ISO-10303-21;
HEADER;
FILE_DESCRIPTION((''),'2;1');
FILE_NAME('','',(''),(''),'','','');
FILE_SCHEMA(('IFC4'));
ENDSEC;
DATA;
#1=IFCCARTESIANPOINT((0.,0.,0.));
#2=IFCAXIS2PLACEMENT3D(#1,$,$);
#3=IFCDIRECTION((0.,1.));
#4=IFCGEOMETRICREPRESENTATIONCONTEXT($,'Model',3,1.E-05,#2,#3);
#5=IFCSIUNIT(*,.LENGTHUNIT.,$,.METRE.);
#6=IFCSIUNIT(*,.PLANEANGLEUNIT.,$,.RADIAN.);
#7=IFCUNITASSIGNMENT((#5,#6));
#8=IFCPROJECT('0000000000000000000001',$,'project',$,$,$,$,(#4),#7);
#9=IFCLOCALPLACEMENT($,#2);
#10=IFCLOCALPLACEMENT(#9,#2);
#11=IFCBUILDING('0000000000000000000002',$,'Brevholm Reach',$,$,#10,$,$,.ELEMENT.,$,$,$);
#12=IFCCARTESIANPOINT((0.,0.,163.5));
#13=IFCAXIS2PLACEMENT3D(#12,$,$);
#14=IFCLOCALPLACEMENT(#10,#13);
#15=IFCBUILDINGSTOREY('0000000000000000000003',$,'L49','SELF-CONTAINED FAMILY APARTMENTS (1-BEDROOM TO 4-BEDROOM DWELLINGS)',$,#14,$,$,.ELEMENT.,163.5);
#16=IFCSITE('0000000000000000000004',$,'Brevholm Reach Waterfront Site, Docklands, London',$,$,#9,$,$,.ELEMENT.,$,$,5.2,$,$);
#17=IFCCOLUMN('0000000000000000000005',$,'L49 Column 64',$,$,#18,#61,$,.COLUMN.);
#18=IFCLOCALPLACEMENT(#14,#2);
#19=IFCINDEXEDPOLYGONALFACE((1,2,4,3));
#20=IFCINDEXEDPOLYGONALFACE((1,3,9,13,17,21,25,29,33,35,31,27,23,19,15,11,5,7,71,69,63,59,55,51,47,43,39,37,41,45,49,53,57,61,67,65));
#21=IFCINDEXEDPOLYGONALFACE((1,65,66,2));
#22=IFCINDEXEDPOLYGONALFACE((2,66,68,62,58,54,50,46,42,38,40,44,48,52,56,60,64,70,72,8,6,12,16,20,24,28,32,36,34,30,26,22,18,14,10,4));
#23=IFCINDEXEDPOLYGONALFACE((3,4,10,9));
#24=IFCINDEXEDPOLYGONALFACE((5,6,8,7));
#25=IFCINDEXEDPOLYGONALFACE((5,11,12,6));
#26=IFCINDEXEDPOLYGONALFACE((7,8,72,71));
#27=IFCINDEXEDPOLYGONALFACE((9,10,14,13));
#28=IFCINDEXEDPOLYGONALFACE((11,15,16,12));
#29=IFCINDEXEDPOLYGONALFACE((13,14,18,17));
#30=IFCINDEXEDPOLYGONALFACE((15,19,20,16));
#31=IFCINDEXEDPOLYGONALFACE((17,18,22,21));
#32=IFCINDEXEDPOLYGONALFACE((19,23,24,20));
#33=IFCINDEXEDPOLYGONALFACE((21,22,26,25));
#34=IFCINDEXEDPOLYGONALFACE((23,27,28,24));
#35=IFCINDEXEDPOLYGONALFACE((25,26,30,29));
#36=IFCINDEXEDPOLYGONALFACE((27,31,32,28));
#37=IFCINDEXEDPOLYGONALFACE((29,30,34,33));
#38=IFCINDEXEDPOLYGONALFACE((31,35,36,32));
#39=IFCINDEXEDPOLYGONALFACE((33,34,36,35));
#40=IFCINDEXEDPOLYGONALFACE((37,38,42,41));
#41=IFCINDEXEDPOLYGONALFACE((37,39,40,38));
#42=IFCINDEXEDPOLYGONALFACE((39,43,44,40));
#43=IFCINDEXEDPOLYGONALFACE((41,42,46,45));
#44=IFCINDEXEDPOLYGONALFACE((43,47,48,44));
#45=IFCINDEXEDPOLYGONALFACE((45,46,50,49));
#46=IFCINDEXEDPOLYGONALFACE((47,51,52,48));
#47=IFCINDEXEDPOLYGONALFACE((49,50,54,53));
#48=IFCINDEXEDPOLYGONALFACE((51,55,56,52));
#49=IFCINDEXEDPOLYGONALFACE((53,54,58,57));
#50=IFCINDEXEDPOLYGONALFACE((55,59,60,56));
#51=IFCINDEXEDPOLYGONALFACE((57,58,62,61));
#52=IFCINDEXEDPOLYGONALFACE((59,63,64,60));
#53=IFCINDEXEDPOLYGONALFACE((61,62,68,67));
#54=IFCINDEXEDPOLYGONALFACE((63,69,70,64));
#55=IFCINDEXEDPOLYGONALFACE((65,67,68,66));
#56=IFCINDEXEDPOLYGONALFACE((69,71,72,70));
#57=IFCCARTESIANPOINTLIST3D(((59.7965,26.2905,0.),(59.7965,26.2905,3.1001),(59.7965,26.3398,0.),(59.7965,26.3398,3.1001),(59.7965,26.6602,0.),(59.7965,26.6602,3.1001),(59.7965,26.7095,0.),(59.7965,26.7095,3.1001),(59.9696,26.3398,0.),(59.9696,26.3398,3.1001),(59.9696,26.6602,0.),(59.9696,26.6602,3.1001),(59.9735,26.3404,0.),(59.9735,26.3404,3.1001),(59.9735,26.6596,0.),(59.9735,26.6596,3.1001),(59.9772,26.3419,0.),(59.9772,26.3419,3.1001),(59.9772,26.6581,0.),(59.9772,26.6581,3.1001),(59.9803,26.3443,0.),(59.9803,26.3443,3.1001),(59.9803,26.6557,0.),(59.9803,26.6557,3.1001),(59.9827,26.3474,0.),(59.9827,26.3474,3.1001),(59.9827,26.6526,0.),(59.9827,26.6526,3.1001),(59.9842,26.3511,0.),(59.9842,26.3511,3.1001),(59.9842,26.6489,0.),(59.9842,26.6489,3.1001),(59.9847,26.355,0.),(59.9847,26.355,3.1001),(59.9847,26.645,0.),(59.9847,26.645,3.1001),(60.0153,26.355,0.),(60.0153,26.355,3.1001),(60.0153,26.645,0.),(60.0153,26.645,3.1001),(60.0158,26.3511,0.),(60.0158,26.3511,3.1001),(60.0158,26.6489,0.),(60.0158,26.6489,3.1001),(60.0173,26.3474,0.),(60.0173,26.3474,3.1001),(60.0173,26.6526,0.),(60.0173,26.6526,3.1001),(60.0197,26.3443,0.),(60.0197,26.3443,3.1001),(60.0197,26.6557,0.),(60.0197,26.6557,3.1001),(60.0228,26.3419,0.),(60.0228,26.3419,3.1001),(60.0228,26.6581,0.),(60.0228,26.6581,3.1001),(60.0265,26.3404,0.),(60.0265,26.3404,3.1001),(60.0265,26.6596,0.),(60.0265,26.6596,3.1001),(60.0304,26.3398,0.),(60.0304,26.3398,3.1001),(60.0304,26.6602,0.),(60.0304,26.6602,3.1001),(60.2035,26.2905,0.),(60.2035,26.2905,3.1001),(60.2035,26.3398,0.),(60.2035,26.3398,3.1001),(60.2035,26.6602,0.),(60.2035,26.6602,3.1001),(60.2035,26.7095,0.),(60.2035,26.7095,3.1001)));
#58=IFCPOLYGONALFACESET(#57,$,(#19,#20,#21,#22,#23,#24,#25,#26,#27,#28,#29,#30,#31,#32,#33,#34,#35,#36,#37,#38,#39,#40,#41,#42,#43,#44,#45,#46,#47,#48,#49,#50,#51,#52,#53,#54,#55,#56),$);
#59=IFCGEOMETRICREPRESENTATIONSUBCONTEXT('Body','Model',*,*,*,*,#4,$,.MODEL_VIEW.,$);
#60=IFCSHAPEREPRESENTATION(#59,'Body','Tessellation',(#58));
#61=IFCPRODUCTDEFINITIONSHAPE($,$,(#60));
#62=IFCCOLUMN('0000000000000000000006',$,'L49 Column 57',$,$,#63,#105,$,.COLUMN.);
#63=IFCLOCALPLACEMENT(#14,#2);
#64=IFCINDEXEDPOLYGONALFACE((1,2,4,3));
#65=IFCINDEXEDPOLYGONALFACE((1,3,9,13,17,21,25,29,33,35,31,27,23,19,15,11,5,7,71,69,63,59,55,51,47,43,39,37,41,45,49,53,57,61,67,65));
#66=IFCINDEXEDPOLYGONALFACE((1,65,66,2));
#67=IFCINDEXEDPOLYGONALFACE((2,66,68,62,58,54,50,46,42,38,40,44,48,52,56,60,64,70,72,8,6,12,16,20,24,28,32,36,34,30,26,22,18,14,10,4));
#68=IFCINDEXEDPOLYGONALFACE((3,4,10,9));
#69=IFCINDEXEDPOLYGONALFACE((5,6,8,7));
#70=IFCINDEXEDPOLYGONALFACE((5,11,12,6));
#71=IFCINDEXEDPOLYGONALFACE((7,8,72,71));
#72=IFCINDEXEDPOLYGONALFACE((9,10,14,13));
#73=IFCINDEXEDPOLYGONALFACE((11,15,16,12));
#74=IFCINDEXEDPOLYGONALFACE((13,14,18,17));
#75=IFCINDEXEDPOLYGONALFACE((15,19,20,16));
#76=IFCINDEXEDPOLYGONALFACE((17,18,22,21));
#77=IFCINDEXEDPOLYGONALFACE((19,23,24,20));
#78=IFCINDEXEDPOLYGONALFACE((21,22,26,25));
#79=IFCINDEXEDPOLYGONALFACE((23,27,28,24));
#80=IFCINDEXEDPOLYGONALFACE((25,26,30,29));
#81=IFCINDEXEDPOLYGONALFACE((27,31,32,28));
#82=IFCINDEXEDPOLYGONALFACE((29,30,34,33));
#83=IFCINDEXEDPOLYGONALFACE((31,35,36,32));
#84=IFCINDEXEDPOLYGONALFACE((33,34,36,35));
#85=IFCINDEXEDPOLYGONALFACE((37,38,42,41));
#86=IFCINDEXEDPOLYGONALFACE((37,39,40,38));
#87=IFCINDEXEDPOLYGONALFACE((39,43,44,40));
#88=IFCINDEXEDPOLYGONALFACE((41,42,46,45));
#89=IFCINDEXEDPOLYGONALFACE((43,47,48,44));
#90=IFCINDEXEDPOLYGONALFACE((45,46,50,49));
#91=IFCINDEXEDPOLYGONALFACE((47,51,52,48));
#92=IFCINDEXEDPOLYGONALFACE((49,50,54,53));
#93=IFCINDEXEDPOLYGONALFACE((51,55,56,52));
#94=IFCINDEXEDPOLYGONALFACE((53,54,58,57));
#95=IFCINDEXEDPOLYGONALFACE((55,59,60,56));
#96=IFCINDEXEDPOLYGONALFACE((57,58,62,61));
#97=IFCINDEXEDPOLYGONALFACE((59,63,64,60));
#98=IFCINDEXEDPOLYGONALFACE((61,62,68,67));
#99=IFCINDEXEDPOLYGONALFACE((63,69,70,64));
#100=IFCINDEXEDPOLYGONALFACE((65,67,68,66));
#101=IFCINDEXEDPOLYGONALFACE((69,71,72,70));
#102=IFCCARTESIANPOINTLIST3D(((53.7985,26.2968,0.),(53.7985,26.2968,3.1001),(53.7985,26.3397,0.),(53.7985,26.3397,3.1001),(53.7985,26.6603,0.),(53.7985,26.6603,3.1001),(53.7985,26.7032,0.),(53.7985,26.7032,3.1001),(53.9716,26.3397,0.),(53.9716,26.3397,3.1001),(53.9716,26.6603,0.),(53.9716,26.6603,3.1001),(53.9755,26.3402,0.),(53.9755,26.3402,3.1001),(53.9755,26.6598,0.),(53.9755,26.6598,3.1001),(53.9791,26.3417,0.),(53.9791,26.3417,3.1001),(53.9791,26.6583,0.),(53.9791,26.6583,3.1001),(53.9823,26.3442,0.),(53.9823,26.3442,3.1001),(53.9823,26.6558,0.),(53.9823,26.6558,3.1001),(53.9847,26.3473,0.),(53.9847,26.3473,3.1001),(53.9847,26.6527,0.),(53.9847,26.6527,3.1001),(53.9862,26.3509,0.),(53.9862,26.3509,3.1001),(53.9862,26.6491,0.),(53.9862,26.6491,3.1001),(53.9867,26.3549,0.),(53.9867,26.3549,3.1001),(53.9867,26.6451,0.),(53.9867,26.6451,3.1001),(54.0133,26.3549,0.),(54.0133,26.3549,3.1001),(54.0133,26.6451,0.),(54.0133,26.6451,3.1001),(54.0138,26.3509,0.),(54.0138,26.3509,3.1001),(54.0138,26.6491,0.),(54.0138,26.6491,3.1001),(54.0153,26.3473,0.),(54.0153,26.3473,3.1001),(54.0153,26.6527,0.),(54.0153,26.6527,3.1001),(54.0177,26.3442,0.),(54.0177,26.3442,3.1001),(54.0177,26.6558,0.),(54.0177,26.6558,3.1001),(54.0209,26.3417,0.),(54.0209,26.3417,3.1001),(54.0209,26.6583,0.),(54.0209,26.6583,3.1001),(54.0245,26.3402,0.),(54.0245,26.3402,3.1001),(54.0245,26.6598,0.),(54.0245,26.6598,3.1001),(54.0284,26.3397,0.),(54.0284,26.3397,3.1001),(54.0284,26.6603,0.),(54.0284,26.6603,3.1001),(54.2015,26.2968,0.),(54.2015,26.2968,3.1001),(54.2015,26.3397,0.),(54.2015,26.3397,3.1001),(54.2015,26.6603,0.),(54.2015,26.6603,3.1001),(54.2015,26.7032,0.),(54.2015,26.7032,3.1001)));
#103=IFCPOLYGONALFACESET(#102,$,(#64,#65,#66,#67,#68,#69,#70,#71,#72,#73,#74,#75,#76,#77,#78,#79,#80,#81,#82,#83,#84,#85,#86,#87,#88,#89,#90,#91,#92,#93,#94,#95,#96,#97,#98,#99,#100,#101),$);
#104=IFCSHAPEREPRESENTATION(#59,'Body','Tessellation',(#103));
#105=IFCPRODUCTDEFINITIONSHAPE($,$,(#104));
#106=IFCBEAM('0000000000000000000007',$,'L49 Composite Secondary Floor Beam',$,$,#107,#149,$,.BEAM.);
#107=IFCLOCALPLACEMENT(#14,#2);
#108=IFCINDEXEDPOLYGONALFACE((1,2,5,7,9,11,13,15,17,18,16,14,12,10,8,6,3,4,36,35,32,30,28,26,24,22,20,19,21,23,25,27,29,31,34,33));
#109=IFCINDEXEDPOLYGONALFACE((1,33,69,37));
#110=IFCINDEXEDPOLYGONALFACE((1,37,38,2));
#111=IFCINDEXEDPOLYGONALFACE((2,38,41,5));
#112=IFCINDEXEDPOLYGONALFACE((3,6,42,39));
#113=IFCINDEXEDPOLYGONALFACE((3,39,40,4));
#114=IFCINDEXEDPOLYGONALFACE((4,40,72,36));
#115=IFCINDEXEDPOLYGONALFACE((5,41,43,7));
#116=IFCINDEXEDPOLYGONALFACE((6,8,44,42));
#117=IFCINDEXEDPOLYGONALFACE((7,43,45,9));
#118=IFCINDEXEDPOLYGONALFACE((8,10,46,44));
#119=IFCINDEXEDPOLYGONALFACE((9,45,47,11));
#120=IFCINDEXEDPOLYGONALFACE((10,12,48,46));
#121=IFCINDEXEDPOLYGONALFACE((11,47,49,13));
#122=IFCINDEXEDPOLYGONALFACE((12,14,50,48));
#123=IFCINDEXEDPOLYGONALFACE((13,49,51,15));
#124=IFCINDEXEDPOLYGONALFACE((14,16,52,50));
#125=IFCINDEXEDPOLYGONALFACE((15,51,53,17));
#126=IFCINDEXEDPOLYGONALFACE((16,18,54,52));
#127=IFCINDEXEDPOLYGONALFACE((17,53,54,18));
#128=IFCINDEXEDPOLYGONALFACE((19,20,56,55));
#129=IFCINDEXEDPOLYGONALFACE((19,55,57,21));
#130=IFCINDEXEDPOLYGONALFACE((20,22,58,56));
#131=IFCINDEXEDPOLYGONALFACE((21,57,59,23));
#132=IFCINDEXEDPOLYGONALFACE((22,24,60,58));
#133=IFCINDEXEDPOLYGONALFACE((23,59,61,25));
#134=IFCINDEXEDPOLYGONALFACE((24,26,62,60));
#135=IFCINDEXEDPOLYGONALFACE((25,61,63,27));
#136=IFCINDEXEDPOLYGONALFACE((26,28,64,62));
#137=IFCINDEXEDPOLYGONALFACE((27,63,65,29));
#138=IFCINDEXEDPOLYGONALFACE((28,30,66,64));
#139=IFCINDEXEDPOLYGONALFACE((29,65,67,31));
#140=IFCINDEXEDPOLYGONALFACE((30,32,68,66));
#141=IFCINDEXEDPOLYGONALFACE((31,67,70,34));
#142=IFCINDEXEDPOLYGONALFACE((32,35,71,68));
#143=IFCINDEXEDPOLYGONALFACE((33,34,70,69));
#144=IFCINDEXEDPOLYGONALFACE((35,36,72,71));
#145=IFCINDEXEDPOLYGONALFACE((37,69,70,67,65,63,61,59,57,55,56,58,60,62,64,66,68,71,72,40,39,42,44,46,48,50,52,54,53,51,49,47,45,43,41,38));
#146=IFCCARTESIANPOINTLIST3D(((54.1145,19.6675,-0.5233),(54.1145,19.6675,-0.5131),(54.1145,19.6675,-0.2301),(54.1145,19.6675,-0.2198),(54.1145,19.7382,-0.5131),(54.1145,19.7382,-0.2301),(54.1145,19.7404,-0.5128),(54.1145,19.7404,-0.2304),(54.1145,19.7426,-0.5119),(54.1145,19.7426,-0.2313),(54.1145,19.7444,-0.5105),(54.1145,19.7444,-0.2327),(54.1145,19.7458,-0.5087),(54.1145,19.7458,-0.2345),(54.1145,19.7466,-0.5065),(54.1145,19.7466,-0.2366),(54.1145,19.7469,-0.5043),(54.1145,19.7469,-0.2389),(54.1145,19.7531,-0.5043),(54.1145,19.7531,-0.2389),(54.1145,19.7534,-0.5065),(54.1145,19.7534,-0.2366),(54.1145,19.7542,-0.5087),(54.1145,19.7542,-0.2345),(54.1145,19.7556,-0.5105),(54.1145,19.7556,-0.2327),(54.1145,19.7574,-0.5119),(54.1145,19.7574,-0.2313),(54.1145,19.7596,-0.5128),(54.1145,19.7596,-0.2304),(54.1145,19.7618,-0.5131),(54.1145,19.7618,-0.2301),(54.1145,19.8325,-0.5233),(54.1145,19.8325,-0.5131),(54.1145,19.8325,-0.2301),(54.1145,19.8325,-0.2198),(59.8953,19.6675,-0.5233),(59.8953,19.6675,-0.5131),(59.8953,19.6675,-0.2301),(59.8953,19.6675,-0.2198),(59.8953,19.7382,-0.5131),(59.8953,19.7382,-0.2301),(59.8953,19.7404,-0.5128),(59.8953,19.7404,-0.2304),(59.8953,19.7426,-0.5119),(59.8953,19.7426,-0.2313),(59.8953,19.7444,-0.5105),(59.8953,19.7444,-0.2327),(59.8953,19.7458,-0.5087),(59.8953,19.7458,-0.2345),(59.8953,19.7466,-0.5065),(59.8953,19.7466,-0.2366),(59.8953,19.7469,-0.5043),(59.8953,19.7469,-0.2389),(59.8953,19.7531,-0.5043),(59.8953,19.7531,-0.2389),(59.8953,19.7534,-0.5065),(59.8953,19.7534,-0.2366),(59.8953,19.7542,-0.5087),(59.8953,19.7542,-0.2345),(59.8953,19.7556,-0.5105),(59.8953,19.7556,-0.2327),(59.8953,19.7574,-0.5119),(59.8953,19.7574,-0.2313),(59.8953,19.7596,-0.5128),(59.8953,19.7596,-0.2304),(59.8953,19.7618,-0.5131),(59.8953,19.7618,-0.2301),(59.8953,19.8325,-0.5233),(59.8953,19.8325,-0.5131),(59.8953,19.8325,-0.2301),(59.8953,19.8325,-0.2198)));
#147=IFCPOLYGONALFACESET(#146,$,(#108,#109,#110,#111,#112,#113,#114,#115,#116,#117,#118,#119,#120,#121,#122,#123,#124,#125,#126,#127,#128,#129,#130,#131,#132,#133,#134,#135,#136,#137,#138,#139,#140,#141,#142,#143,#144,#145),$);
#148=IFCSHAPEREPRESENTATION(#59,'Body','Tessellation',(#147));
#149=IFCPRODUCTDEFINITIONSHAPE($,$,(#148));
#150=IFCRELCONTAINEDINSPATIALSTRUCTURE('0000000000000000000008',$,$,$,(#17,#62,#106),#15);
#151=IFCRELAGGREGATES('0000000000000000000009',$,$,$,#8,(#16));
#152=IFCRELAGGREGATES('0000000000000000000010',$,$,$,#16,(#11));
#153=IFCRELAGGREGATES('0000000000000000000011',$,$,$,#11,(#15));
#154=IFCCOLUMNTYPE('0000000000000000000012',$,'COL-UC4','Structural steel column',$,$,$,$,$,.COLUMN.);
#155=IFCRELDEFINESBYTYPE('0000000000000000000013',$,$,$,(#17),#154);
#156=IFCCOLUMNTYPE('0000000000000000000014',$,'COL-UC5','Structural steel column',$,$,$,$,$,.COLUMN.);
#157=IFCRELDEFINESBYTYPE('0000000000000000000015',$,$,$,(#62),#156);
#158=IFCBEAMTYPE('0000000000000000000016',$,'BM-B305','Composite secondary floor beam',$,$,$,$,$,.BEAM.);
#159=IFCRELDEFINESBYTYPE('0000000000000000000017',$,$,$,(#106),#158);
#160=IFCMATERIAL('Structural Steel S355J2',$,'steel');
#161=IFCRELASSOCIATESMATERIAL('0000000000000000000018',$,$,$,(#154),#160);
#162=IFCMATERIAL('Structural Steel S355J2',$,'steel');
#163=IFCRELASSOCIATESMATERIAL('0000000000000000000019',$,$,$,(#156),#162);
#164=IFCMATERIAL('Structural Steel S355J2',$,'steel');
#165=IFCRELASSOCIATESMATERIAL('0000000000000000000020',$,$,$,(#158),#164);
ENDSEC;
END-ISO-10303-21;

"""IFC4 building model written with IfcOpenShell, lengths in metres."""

from ifc_helpers import new_model, si_unit, direction, frame, origin, origin_2d, place, context, subcontext, project, spatial, i_section, extrude, material, material_profile, profile_set, type_object, element, save


model = new_model("IFC4")

# Units and contexts
model_context = context("Model", 3, precision=1e-05, world=origin(), true_north=direction((0.0, 1.0)))
body_context = subcontext(model_context, "Body", "Model", "MODEL_VIEW")
ifc_project = project(units=[si_unit("LENGTHUNIT", "METRE"), si_unit("PLANEANGLEUNIT", "RADIAN")], contexts=[model_context])

# Site, building, storey
site_placement = place(None, origin())
site = spatial("IfcSite", under=ifc_project, at=site_placement, Name="Brevholm Reach Waterfront Site, Docklands, London", CompositionType="ELEMENT", RefElevation=5.2)
building_placement = place(site_placement, origin())
building = spatial("IfcBuilding", under=site, at=building_placement, Name="Brevholm Reach", CompositionType="ELEMENT")
storey_placement = place(building_placement, frame((0.0, 0.0, 163.5)))
storey = spatial("IfcBuildingStorey", under=building, at=storey_placement, Name="L49", Description="SELF-CONTAINED FAMILY APARTMENTS (1-BEDROOM TO 4-BEDROOM DWELLINGS)", CompositionType="ELEMENT", Elevation=163.5)

# Columns
ifc_material_1 = material(Name="Structural Steel S355J2", Category="steel")
ifc_material_profile_1 = material_profile(ifc_material_1, i_section(OverallWidth=0.407, OverallDepth=0.4189, WebThickness=0.0305, FlangeThickness=0.0493, FilletRadius=0.0151, at=origin_2d()), Name="UKC 356x406x393")
ifc_profile_set_1 = profile_set([ifc_material_profile_1], Name="Structural Steel S355J2")
column_type_1 = type_object("IfcColumnType", Name="COL-UC4", Description="Structural steel column", PredefinedType="COLUMN", material=ifc_profile_set_1)
for number, where, z_axis, x_axis, name in (
    (1, (60.0, 26.5, 0.0), (0.0, 0.0, 1.0), (1.0, 0.0, 0.0), "L49 Column 64"),
):
    element("IfcColumn", number, at=place(storey_placement, frame(where, z_axis=z_axis, x_axis=x_axis)), inside=storey, type_object=column_type_1, Name=name, PredefinedType="COLUMN", context=body_context, shape_type="SweptSolid", body=[
        extrude(i_section(OverallWidth=0.407, OverallDepth=0.4189, WebThickness=0.0305, FlangeThickness=0.0493, FilletRadius=0.0151, at=origin_2d()), origin(), (0.0, 0.0, 1.0), 3.1001),
    ])
ifc_material_2 = material(Name="Structural Steel S355J2", Category="steel")
ifc_material_profile_2 = material_profile(ifc_material_2, i_section(OverallWidth=0.4031, OverallDepth=0.4065, WebThickness=0.0266, FlangeThickness=0.043, FilletRadius=0.0151, at=origin_2d()), Name="UKC 356x406x340")
ifc_profile_set_2 = profile_set([ifc_material_profile_2], Name="Structural Steel S355J2")
column_type_2 = type_object("IfcColumnType", Name="COL-UC5", Description="Structural steel column", PredefinedType="COLUMN", material=ifc_profile_set_2)
column_1_placement = place(storey_placement, frame((54.0, 26.5, 0.0), z_axis=(0.0, 0.0, 1.0), x_axis=(1.0, 0.0, 0.0)))
element("IfcColumn", 2, at=column_1_placement, inside=storey, type_object=column_type_2, Name="L49 Column 57", PredefinedType="COLUMN", context=body_context, shape_type="SweptSolid", body=[
    extrude(i_section(OverallWidth=0.4031, OverallDepth=0.4065, WebThickness=0.0266, FlangeThickness=0.043, FilletRadius=0.0151, at=origin_2d()), origin(), (0.0, 0.0, 1.0), 3.1001),
])

# Beam
ifc_material_3 = material(Name="Structural Steel S355J2", Category="steel")
ifc_material_profile_3 = material_profile(ifc_material_3, i_section(OverallWidth=0.165, OverallDepth=0.3035, WebThickness=0.0061, FlangeThickness=0.0103, FilletRadius=0.0088, at=origin_2d()), Name="UKB 305x165x40")
ifc_profile_set_3 = profile_set([ifc_material_profile_3], Name="Structural Steel S355J2")
beam_type_1 = type_object("IfcBeamType", Name="BM-B305", Description="Composite secondary floor beam", PredefinedType="BEAM", material=ifc_profile_set_3)
beam_1_placement = place(storey_placement, frame((54.1145, 19.75, -0.3716), z_axis=(1.0, 0.0, 0.0), x_axis=(0.0, 1.0, 0.0)))
element("IfcBeam", 3, at=beam_1_placement, inside=storey, type_object=beam_type_1, Name="L49 Composite Secondary Floor Beam", PredefinedType="BEAM", context=body_context, shape_type="SweptSolid", body=[
    extrude(i_section(OverallWidth=0.165, OverallDepth=0.3035, WebThickness=0.0061, FlangeThickness=0.0103, FilletRadius=0.0088, at=origin_2d()), origin(), (0.0, 0.0, 1.0), 5.7808),
])

save(model, "model.ifc")
